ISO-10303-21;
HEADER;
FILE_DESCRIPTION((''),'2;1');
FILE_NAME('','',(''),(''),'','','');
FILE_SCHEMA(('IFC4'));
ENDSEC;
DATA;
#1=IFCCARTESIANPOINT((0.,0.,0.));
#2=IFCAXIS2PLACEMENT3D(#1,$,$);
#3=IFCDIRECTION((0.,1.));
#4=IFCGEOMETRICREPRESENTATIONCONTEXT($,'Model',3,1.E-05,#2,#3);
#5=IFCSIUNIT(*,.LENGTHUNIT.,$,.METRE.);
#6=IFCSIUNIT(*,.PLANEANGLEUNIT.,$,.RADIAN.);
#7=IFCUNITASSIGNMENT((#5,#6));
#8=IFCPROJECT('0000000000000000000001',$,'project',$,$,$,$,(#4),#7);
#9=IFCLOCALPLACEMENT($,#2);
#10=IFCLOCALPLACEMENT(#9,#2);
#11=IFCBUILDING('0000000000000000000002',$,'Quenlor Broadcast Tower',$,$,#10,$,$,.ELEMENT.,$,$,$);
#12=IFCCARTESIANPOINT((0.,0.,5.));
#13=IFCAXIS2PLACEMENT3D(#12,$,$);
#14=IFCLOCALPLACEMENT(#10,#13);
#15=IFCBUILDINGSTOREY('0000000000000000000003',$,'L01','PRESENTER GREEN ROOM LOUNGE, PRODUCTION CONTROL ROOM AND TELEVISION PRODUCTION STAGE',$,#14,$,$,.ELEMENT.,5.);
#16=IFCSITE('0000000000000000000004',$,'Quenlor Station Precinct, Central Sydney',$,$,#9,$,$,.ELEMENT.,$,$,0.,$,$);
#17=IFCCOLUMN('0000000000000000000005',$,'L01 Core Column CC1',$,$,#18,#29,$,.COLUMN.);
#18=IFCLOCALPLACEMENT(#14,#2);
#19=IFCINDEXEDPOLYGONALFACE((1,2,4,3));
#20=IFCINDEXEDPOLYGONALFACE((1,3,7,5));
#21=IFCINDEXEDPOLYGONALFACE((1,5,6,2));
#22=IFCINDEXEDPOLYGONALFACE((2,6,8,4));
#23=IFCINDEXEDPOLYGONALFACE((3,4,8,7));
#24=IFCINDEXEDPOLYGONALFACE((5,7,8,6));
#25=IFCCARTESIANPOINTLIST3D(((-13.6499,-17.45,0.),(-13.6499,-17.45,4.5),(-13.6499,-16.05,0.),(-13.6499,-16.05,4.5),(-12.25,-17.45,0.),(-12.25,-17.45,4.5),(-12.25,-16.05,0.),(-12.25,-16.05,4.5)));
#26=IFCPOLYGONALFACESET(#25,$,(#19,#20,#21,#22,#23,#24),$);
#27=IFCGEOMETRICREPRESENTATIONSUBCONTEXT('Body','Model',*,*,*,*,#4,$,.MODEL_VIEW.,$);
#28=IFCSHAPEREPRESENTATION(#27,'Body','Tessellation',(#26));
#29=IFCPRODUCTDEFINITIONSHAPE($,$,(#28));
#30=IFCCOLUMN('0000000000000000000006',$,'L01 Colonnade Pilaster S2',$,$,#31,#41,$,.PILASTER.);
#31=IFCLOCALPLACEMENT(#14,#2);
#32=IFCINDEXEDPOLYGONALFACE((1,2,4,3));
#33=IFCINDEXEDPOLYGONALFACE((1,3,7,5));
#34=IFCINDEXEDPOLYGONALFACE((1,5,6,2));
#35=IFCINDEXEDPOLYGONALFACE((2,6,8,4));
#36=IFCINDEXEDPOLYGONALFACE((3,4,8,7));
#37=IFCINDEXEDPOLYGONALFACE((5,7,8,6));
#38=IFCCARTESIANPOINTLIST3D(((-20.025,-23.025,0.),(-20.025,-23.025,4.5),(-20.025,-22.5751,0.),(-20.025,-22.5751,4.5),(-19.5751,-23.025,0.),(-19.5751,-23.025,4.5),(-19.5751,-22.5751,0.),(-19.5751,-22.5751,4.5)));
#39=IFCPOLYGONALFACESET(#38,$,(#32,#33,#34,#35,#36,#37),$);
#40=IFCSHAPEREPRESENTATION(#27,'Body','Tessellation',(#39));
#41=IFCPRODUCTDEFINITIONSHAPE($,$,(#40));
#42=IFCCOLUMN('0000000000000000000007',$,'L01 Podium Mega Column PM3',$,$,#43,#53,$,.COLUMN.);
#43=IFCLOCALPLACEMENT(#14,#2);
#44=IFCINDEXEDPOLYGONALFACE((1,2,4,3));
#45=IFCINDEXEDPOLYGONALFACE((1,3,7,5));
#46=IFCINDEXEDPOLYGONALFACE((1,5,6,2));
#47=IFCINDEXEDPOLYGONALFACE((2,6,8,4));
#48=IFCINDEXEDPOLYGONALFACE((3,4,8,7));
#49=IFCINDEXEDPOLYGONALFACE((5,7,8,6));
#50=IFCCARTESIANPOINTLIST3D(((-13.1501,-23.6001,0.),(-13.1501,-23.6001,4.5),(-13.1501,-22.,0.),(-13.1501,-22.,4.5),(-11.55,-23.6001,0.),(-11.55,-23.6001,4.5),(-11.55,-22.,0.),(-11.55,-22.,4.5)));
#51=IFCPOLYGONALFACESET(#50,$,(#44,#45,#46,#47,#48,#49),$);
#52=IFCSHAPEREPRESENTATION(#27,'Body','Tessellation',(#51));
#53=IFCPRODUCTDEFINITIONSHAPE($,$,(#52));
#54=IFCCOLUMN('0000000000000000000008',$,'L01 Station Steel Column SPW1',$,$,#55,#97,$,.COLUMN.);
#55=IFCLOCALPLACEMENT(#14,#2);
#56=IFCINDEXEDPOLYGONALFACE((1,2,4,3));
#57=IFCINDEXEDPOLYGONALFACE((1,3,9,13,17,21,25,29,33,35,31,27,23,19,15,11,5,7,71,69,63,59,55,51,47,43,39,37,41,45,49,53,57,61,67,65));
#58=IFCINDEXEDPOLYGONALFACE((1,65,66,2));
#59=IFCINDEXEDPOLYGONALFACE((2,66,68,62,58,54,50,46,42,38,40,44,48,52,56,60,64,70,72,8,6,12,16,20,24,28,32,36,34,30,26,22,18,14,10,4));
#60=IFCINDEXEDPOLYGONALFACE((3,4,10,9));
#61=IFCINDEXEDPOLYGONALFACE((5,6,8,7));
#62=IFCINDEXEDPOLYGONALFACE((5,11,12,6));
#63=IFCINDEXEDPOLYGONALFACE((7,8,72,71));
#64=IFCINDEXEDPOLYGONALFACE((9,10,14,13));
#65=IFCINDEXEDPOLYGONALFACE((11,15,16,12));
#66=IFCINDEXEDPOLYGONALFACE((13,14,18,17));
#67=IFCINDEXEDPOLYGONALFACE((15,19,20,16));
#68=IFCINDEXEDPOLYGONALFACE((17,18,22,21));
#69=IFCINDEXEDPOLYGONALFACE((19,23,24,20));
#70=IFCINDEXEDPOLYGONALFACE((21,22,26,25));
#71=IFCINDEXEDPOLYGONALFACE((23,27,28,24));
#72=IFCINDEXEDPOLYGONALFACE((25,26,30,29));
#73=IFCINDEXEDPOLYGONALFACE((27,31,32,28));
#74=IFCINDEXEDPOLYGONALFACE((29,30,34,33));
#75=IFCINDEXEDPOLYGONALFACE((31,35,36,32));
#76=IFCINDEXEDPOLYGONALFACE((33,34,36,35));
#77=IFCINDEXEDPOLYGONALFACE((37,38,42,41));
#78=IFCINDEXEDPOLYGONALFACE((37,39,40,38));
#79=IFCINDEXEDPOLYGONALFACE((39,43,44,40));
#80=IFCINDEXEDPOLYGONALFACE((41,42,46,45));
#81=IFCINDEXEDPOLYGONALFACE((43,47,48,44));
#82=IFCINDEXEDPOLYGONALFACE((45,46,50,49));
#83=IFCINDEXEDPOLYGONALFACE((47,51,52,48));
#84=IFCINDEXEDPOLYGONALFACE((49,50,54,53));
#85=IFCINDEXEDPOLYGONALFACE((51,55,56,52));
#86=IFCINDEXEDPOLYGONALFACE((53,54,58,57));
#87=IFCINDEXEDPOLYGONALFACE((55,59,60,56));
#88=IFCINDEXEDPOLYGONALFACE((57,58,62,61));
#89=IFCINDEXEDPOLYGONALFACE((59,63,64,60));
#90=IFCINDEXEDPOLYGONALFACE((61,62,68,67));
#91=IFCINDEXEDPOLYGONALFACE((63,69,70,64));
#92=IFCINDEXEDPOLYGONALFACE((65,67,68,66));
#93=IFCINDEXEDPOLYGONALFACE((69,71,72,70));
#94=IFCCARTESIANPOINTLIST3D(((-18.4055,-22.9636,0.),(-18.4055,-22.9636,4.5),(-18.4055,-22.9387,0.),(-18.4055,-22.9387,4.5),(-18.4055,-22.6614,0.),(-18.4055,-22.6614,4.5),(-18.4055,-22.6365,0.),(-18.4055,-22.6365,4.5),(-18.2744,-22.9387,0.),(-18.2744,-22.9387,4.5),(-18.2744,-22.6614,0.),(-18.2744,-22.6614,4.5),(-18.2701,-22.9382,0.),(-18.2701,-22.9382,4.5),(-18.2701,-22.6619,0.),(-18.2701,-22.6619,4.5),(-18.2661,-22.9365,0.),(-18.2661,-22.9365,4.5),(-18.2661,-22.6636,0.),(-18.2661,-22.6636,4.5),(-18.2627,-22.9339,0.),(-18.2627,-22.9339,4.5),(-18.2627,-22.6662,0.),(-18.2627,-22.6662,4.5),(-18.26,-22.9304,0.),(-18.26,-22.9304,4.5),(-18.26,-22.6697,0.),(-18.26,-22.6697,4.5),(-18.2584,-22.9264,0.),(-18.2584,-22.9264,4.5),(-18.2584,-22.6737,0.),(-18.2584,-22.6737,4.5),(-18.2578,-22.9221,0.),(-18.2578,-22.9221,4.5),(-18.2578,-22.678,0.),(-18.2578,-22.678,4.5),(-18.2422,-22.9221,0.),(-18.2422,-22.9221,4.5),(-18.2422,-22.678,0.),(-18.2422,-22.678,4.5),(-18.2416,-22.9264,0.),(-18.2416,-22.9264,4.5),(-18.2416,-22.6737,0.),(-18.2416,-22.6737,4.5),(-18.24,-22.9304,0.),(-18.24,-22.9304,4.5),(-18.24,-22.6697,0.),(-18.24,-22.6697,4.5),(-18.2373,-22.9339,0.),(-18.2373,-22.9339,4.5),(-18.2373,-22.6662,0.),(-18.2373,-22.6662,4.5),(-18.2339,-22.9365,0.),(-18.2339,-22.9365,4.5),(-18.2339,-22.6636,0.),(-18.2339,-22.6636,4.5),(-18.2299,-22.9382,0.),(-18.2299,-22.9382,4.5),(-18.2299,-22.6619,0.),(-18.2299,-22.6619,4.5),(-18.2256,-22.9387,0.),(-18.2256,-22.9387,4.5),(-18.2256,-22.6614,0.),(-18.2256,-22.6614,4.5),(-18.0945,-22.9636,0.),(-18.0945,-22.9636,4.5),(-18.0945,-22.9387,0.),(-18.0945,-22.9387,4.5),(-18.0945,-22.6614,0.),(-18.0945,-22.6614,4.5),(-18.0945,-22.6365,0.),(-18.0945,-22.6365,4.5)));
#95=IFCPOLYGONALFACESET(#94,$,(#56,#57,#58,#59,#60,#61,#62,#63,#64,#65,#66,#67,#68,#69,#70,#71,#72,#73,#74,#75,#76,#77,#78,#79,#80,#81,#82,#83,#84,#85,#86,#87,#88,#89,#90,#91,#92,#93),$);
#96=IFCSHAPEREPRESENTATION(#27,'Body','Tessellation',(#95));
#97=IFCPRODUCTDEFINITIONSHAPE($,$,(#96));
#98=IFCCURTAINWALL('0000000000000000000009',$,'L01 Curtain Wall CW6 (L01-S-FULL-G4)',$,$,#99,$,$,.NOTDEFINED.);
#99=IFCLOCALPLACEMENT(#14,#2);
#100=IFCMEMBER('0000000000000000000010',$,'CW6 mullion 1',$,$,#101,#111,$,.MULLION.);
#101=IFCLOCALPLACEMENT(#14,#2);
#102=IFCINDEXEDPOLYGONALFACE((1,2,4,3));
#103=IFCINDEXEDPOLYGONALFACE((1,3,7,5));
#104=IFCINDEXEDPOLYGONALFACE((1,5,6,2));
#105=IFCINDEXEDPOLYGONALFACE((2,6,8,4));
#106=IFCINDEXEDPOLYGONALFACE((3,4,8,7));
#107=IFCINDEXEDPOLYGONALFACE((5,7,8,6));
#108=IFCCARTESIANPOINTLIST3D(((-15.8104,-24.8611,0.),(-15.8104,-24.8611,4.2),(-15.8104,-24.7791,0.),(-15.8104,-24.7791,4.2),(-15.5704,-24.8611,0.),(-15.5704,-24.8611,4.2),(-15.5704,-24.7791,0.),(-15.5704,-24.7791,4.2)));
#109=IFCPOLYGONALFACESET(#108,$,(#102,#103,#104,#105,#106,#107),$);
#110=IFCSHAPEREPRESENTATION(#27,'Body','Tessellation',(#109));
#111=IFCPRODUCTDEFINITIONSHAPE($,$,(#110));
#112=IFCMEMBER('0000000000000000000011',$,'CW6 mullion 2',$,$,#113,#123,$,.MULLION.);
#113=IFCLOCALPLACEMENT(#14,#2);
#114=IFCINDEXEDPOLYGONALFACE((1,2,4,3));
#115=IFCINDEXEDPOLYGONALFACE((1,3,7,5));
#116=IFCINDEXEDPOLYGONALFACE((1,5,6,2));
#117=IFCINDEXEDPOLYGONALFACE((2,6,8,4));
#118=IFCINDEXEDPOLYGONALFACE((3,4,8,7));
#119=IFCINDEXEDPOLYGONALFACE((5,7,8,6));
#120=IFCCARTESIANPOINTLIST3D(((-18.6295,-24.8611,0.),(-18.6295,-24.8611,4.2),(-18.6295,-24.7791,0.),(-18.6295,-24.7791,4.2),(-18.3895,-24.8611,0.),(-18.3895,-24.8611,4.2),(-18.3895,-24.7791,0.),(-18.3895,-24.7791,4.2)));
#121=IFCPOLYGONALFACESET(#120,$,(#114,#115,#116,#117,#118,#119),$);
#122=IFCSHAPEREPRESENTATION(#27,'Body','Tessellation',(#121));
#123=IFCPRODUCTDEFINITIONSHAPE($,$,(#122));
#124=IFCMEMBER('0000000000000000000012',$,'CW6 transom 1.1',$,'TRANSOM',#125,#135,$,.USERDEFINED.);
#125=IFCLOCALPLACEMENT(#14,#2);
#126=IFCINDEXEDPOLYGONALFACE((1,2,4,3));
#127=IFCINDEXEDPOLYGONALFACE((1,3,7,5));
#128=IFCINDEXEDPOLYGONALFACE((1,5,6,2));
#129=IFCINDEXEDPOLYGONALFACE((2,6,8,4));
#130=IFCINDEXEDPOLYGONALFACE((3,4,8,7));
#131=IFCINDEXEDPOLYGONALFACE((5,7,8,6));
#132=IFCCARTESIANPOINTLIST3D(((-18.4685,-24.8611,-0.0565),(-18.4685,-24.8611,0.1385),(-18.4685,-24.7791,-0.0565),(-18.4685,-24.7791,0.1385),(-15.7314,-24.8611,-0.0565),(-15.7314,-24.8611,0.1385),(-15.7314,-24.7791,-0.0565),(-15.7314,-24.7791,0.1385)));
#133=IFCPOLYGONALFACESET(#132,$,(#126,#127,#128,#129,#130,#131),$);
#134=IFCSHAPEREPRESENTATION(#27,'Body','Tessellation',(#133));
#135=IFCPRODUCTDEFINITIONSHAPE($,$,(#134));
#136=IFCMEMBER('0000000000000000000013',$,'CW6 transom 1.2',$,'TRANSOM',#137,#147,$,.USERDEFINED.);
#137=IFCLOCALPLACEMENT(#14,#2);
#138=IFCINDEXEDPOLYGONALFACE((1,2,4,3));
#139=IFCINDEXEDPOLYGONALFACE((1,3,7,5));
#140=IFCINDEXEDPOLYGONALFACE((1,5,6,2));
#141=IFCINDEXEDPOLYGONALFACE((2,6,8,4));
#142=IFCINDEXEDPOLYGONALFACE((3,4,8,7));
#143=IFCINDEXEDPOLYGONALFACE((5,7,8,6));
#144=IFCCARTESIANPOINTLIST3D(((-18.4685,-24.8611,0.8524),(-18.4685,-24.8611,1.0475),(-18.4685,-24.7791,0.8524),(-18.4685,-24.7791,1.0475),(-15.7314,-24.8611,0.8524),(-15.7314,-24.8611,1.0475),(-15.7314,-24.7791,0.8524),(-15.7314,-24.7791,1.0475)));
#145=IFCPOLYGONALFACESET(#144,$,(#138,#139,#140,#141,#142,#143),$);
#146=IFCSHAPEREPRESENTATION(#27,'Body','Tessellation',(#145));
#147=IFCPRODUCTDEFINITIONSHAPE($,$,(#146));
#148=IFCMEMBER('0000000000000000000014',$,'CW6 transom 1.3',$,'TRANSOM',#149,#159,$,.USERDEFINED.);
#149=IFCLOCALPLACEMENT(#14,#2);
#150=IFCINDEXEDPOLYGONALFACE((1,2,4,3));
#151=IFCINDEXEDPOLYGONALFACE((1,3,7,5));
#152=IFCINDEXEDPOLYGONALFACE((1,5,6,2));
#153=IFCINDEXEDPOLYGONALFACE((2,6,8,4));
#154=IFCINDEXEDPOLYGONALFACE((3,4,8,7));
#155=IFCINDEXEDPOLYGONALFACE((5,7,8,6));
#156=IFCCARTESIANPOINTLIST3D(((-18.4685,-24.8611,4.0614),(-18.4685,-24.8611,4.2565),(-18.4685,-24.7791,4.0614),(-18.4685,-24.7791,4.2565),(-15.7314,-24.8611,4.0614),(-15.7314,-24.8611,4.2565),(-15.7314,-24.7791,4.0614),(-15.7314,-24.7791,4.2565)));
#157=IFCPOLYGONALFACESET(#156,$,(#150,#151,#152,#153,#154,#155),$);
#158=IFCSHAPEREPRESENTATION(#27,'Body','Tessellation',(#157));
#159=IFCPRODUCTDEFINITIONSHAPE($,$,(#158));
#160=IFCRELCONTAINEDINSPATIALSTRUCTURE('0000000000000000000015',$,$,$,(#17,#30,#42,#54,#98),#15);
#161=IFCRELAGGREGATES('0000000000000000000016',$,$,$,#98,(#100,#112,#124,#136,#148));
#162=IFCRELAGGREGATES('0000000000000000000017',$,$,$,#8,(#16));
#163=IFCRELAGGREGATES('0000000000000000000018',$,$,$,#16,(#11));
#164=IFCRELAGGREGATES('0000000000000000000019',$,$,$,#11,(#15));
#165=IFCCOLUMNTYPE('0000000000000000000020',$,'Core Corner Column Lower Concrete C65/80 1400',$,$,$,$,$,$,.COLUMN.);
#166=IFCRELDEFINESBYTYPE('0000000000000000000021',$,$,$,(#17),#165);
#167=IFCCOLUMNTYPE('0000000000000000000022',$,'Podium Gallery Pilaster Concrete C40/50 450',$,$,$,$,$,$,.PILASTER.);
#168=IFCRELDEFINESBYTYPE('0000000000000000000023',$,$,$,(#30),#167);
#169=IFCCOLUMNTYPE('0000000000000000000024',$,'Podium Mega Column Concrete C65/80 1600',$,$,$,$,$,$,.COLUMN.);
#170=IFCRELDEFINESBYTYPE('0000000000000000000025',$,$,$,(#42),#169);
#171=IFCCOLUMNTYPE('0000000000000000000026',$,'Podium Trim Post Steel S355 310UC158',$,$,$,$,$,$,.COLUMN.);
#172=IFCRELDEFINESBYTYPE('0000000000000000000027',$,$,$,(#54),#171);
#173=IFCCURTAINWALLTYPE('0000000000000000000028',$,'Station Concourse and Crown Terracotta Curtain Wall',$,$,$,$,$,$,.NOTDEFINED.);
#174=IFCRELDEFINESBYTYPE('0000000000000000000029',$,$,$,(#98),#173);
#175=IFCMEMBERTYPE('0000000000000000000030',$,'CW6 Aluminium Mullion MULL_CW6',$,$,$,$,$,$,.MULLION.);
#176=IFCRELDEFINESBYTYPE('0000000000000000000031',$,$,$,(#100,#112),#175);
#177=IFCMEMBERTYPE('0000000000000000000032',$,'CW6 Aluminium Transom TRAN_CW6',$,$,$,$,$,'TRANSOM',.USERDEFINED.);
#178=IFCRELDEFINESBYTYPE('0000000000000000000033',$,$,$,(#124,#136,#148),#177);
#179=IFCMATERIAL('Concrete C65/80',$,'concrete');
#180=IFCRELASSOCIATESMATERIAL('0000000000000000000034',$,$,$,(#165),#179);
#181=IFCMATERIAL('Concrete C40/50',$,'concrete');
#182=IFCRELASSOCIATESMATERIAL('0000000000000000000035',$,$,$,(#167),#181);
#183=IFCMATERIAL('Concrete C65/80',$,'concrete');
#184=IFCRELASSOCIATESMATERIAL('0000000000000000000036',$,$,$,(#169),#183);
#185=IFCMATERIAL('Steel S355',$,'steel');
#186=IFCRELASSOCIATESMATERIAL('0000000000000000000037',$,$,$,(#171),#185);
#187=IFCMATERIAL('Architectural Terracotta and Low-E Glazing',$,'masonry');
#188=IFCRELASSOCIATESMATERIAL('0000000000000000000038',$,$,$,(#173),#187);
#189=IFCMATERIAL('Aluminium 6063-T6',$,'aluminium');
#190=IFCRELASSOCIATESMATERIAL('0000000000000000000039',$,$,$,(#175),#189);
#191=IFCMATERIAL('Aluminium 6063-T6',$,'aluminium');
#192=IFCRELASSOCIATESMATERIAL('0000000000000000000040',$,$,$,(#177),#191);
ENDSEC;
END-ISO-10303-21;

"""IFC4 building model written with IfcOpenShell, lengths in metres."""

from ifc_helpers import new_model, si_unit, direction, frame, origin, origin_2d, place, context, subcontext, project, spatial, rectangle, i_section, extrude, material, material_profile, profile_set, type_object, element, aggregate, save


model = new_model("IFC4")

# Units and contexts
model_context = context("Model", 3, precision=1e-05, world=origin(), true_north=direction((0.0, 1.0)))
body_context = subcontext(model_context, "Body", "Model", "MODEL_VIEW")
ifc_project = project(units=[si_unit("LENGTHUNIT", "METRE"), si_unit("PLANEANGLEUNIT", "RADIAN")], contexts=[model_context])

# Site, building, storey
site_placement = place(None, origin())
site = spatial("IfcSite", under=ifc_project, at=site_placement, Name="Quenlor Station Precinct, Central Sydney", CompositionType="ELEMENT", RefElevation=0.0)
building_placement = place(site_placement, origin())
building = spatial("IfcBuilding", under=site, at=building_placement, Name="Quenlor Broadcast Tower", CompositionType="ELEMENT")
storey_placement = place(building_placement, frame((0.0, 0.0, 5.0)))
storey = spatial("IfcBuildingStorey", under=building, at=storey_placement, Name="L01", Description="PRESENTER GREEN ROOM LOUNGE, PRODUCTION CONTROL ROOM AND TELEVISION PRODUCTION STAGE", CompositionType="ELEMENT", Elevation=5.0)

# Columns
ifc_material_1 = material(Name="Concrete C65/80", Category="concrete")
ifc_material_profile_1 = material_profile(ifc_material_1, rectangle(XDim=1.3999, YDim=1.3999, at=origin_2d()))
ifc_profile_set_1 = profile_set([ifc_material_profile_1], Name="Concrete C65/80 RC1400x1400")
column_type_1 = type_object("IfcColumnType", Name="Core Corner Column Lower Concrete C65/80 1400", PredefinedType="COLUMN", material=ifc_profile_set_1)
column_1_placement = place(storey_placement, frame((-12.95, -16.75, 0.0), z_axis=(0.0, 0.0, 1.0), x_axis=(1.0, 0.0, 0.0)))
element("IfcColumn", 1, at=column_1_placement, inside=storey, type_object=column_type_1, Name="L01 Core Column CC1", PredefinedType="COLUMN", context=body_context, shape_type="SweptSolid", body=[
    extrude(rectangle(XDim=1.3999, YDim=1.3999, at=origin_2d()), origin(), (0.0, 0.0, 1.0), 4.5),
])
ifc_material_2 = material(Name="Concrete C40/50", Category="concrete")
ifc_material_profile_2 = material_profile(ifc_material_2, rectangle(XDim=0.45, YDim=0.45, at=origin_2d()))
ifc_profile_set_2 = profile_set([ifc_material_profile_2], Name="Concrete C40/50 PIL450x450")
column_type_2 = type_object("IfcColumnType", Name="Podium Gallery Pilaster Concrete C40/50 450", PredefinedType="PILASTER", material=ifc_profile_set_2)
column_2_placement = place(storey_placement, frame((-19.8, -22.8, 0.0), z_axis=(0.0, 0.0, 1.0), x_axis=(1.0, 0.0, 0.0)))
element("IfcColumn", 2, at=column_2_placement, inside=storey, type_object=column_type_2, Name="L01 Colonnade Pilaster S2", PredefinedType="PILASTER", context=body_context, shape_type="SweptSolid", body=[
    extrude(rectangle(XDim=0.45, YDim=0.45, at=origin_2d()), origin(), (0.0, 0.0, 1.0), 4.5),
])
ifc_material_3 = material(Name="Concrete C65/80", Category="concrete")
ifc_material_profile_3 = material_profile(ifc_material_3, rectangle(XDim=1.6001, YDim=1.6001, at=origin_2d()))
ifc_profile_set_3 = profile_set([ifc_material_profile_3], Name="Concrete C65/80 RC1600x1600")
column_type_3 = type_object("IfcColumnType", Name="Podium Mega Column Concrete C65/80 1600", PredefinedType="COLUMN", material=ifc_profile_set_3)
column_3_placement = place(storey_placement, frame((-12.3501, -22.8, 0.0), z_axis=(0.0, 0.0, 1.0), x_axis=(1.0, 0.0, 0.0)))
element("IfcColumn", 3, at=column_3_placement, inside=storey, type_object=column_type_3, Name="L01 Podium Mega Column PM3", PredefinedType="COLUMN", context=body_context, shape_type="SweptSolid", body=[
    extrude(rectangle(XDim=1.6001, YDim=1.6001, at=origin_2d()), origin(), (0.0, 0.0, 1.0), 4.5),
])
ifc_material_4 = material(Name="Steel S355", Category="steel")
ifc_material_profile_4 = material_profile(ifc_material_4, i_section(OverallWidth=0.311, OverallDepth=0.3271, WebThickness=0.0156, FlangeThickness=0.0249, FilletRadius=0.0166, at=origin_2d()))
ifc_profile_set_4 = profile_set([ifc_material_profile_4], Name="Steel S355 310UC158")
column_type_4 = type_object("IfcColumnType", Name="Podium Trim Post Steel S355 310UC158", PredefinedType="COLUMN", material=ifc_profile_set_4)
column_4_placement = place(storey_placement, frame((-18.25, -22.8, 0.0), z_axis=(0.0, 0.0, 1.0), x_axis=(1.0, 0.0, 0.0)))
element("IfcColumn", 4, at=column_4_placement, inside=storey, type_object=column_type_4, Name="L01 Station Steel Column SPW1", PredefinedType="COLUMN", context=body_context, shape_type="SweptSolid", body=[
    extrude(i_section(OverallWidth=0.311, OverallDepth=0.3271, WebThickness=0.0156, FlangeThickness=0.0249, FilletRadius=0.0166, at=origin_2d()), origin(), (0.0, 0.0, 1.0), 4.5),
])

# Curtain wall, members
ifc_material_5 = material(Name="Architectural Terracotta and Low-E Glazing", Category="masonry")
curtain_wall_type = type_object("IfcCurtainWallType", Name="Station Concourse and Crown Terracotta Curtain Wall", PredefinedType="NOTDEFINED", material=ifc_material_5)
curtain_wall_placement = place(storey_placement, origin())
curtain_wall = element("IfcCurtainWall", 5, at=curtain_wall_placement, inside=storey, type_object=curtain_wall_type, Name="L01 Curtain Wall CW6 (L01-S-FULL-G4)", PredefinedType="NOTDEFINED")
ifc_material_6 = material(Name="Aluminium 6063-T6", Category="aluminium")
ifc_material_profile_5 = material_profile(ifc_material_6, rectangle(XDim=0.082, YDim=0.24, at=origin_2d()))
ifc_profile_set_5 = profile_set([ifc_material_profile_5], Name="Aluminium 6063-T6 MULL82x240")
member_type_1 = type_object("IfcMemberType", Name="CW6 Aluminium Mullion MULL_CW6", PredefinedType="MULLION", material=ifc_profile_set_5)
member_1_placement = place(storey_placement, frame((-15.6904, -24.8201, 0.0), z_axis=(0.0, 0.0, 1.0), x_axis=(0.0, -1.0, 0.0)))
member_1 = element("IfcMember", 6, at=member_1_placement, type_object=member_type_1, Name="CW6 mullion 1", PredefinedType="MULLION", context=body_context, shape_type="SweptSolid", body=[
    extrude(rectangle(XDim=0.082, YDim=0.24, at=origin_2d()), origin(), (0.0, 0.0, 1.0), 4.2),
])
member_2_placement = place(storey_placement, frame((-18.5095, -24.8201, 0.0), z_axis=(0.0, 0.0, 1.0), x_axis=(0.0, -1.0, 0.0)))
member_2 = element("IfcMember", 7, at=member_2_placement, type_object=member_type_1, Name="CW6 mullion 2", PredefinedType="MULLION", context=body_context, shape_type="SweptSolid", body=[
    extrude(rectangle(XDim=0.082, YDim=0.24, at=origin_2d()), origin(), (0.0, 0.0, 1.0), 4.2),
])
ifc_material_7 = material(Name="Aluminium 6063-T6", Category="aluminium")
ifc_material_profile_6 = material_profile(ifc_material_7, rectangle(XDim=0.082, YDim=0.1951, at=origin_2d()))
ifc_profile_set_6 = profile_set([ifc_material_profile_6], Name="Aluminium 6063-T6 TRAN82x195")
member_type_2 = type_object("IfcMemberType", Name="CW6 Aluminium Transom TRAN_CW6", ElementType="TRANSOM", PredefinedType="USERDEFINED", material=ifc_profile_set_6)
member_3_placement = place(storey_placement, frame((-15.7314, -24.8201, 0.041), z_axis=(-1.0, 0.0, 0.0), x_axis=(0.0, -1.0, 0.0)))
member_3 = element("IfcMember", 8, at=member_3_placement, type_object=member_type_2, Name="CW6 transom 1.1", ObjectType="TRANSOM", PredefinedType="USERDEFINED", context=body_context, shape_type="SweptSolid", body=[
    extrude(rectangle(XDim=0.082, YDim=0.1951, at=origin_2d()), origin(), (0.0, 0.0, 1.0), 2.7371),
])
member_4_placement = place(storey_placement, frame((-15.7314, -24.8201, 0.95), z_axis=(-1.0, 0.0, 0.0), x_axis=(0.0, -1.0, 0.0)))
member_4 = element("IfcMember", 9, at=member_4_placement, type_object=member_type_2, Name="CW6 transom 1.2", ObjectType="TRANSOM", PredefinedType="USERDEFINED", context=body_context, shape_type="SweptSolid", body=[
    extrude(rectangle(XDim=0.082, YDim=0.1951, at=origin_2d()), origin(), (0.0, 0.0, 1.0), 2.7371),
])
member_5_placement = place(storey_placement, frame((-15.7314, -24.8201, 4.1589), z_axis=(-1.0, 0.0, 0.0), x_axis=(0.0, -1.0, 0.0)))
member_5 = element("IfcMember", 10, at=member_5_placement, type_object=member_type_2, Name="CW6 transom 1.3", ObjectType="TRANSOM", PredefinedType="USERDEFINED", context=body_context, shape_type="SweptSolid", body=[
    extrude(rectangle(XDim=0.082, YDim=0.1951, at=origin_2d()), origin(), (0.0, 0.0, 1.0), 2.7371),
])

aggregate(curtain_wall, [member_1, member_2, member_3, member_4, member_5])

save(model, "model.ifc")
